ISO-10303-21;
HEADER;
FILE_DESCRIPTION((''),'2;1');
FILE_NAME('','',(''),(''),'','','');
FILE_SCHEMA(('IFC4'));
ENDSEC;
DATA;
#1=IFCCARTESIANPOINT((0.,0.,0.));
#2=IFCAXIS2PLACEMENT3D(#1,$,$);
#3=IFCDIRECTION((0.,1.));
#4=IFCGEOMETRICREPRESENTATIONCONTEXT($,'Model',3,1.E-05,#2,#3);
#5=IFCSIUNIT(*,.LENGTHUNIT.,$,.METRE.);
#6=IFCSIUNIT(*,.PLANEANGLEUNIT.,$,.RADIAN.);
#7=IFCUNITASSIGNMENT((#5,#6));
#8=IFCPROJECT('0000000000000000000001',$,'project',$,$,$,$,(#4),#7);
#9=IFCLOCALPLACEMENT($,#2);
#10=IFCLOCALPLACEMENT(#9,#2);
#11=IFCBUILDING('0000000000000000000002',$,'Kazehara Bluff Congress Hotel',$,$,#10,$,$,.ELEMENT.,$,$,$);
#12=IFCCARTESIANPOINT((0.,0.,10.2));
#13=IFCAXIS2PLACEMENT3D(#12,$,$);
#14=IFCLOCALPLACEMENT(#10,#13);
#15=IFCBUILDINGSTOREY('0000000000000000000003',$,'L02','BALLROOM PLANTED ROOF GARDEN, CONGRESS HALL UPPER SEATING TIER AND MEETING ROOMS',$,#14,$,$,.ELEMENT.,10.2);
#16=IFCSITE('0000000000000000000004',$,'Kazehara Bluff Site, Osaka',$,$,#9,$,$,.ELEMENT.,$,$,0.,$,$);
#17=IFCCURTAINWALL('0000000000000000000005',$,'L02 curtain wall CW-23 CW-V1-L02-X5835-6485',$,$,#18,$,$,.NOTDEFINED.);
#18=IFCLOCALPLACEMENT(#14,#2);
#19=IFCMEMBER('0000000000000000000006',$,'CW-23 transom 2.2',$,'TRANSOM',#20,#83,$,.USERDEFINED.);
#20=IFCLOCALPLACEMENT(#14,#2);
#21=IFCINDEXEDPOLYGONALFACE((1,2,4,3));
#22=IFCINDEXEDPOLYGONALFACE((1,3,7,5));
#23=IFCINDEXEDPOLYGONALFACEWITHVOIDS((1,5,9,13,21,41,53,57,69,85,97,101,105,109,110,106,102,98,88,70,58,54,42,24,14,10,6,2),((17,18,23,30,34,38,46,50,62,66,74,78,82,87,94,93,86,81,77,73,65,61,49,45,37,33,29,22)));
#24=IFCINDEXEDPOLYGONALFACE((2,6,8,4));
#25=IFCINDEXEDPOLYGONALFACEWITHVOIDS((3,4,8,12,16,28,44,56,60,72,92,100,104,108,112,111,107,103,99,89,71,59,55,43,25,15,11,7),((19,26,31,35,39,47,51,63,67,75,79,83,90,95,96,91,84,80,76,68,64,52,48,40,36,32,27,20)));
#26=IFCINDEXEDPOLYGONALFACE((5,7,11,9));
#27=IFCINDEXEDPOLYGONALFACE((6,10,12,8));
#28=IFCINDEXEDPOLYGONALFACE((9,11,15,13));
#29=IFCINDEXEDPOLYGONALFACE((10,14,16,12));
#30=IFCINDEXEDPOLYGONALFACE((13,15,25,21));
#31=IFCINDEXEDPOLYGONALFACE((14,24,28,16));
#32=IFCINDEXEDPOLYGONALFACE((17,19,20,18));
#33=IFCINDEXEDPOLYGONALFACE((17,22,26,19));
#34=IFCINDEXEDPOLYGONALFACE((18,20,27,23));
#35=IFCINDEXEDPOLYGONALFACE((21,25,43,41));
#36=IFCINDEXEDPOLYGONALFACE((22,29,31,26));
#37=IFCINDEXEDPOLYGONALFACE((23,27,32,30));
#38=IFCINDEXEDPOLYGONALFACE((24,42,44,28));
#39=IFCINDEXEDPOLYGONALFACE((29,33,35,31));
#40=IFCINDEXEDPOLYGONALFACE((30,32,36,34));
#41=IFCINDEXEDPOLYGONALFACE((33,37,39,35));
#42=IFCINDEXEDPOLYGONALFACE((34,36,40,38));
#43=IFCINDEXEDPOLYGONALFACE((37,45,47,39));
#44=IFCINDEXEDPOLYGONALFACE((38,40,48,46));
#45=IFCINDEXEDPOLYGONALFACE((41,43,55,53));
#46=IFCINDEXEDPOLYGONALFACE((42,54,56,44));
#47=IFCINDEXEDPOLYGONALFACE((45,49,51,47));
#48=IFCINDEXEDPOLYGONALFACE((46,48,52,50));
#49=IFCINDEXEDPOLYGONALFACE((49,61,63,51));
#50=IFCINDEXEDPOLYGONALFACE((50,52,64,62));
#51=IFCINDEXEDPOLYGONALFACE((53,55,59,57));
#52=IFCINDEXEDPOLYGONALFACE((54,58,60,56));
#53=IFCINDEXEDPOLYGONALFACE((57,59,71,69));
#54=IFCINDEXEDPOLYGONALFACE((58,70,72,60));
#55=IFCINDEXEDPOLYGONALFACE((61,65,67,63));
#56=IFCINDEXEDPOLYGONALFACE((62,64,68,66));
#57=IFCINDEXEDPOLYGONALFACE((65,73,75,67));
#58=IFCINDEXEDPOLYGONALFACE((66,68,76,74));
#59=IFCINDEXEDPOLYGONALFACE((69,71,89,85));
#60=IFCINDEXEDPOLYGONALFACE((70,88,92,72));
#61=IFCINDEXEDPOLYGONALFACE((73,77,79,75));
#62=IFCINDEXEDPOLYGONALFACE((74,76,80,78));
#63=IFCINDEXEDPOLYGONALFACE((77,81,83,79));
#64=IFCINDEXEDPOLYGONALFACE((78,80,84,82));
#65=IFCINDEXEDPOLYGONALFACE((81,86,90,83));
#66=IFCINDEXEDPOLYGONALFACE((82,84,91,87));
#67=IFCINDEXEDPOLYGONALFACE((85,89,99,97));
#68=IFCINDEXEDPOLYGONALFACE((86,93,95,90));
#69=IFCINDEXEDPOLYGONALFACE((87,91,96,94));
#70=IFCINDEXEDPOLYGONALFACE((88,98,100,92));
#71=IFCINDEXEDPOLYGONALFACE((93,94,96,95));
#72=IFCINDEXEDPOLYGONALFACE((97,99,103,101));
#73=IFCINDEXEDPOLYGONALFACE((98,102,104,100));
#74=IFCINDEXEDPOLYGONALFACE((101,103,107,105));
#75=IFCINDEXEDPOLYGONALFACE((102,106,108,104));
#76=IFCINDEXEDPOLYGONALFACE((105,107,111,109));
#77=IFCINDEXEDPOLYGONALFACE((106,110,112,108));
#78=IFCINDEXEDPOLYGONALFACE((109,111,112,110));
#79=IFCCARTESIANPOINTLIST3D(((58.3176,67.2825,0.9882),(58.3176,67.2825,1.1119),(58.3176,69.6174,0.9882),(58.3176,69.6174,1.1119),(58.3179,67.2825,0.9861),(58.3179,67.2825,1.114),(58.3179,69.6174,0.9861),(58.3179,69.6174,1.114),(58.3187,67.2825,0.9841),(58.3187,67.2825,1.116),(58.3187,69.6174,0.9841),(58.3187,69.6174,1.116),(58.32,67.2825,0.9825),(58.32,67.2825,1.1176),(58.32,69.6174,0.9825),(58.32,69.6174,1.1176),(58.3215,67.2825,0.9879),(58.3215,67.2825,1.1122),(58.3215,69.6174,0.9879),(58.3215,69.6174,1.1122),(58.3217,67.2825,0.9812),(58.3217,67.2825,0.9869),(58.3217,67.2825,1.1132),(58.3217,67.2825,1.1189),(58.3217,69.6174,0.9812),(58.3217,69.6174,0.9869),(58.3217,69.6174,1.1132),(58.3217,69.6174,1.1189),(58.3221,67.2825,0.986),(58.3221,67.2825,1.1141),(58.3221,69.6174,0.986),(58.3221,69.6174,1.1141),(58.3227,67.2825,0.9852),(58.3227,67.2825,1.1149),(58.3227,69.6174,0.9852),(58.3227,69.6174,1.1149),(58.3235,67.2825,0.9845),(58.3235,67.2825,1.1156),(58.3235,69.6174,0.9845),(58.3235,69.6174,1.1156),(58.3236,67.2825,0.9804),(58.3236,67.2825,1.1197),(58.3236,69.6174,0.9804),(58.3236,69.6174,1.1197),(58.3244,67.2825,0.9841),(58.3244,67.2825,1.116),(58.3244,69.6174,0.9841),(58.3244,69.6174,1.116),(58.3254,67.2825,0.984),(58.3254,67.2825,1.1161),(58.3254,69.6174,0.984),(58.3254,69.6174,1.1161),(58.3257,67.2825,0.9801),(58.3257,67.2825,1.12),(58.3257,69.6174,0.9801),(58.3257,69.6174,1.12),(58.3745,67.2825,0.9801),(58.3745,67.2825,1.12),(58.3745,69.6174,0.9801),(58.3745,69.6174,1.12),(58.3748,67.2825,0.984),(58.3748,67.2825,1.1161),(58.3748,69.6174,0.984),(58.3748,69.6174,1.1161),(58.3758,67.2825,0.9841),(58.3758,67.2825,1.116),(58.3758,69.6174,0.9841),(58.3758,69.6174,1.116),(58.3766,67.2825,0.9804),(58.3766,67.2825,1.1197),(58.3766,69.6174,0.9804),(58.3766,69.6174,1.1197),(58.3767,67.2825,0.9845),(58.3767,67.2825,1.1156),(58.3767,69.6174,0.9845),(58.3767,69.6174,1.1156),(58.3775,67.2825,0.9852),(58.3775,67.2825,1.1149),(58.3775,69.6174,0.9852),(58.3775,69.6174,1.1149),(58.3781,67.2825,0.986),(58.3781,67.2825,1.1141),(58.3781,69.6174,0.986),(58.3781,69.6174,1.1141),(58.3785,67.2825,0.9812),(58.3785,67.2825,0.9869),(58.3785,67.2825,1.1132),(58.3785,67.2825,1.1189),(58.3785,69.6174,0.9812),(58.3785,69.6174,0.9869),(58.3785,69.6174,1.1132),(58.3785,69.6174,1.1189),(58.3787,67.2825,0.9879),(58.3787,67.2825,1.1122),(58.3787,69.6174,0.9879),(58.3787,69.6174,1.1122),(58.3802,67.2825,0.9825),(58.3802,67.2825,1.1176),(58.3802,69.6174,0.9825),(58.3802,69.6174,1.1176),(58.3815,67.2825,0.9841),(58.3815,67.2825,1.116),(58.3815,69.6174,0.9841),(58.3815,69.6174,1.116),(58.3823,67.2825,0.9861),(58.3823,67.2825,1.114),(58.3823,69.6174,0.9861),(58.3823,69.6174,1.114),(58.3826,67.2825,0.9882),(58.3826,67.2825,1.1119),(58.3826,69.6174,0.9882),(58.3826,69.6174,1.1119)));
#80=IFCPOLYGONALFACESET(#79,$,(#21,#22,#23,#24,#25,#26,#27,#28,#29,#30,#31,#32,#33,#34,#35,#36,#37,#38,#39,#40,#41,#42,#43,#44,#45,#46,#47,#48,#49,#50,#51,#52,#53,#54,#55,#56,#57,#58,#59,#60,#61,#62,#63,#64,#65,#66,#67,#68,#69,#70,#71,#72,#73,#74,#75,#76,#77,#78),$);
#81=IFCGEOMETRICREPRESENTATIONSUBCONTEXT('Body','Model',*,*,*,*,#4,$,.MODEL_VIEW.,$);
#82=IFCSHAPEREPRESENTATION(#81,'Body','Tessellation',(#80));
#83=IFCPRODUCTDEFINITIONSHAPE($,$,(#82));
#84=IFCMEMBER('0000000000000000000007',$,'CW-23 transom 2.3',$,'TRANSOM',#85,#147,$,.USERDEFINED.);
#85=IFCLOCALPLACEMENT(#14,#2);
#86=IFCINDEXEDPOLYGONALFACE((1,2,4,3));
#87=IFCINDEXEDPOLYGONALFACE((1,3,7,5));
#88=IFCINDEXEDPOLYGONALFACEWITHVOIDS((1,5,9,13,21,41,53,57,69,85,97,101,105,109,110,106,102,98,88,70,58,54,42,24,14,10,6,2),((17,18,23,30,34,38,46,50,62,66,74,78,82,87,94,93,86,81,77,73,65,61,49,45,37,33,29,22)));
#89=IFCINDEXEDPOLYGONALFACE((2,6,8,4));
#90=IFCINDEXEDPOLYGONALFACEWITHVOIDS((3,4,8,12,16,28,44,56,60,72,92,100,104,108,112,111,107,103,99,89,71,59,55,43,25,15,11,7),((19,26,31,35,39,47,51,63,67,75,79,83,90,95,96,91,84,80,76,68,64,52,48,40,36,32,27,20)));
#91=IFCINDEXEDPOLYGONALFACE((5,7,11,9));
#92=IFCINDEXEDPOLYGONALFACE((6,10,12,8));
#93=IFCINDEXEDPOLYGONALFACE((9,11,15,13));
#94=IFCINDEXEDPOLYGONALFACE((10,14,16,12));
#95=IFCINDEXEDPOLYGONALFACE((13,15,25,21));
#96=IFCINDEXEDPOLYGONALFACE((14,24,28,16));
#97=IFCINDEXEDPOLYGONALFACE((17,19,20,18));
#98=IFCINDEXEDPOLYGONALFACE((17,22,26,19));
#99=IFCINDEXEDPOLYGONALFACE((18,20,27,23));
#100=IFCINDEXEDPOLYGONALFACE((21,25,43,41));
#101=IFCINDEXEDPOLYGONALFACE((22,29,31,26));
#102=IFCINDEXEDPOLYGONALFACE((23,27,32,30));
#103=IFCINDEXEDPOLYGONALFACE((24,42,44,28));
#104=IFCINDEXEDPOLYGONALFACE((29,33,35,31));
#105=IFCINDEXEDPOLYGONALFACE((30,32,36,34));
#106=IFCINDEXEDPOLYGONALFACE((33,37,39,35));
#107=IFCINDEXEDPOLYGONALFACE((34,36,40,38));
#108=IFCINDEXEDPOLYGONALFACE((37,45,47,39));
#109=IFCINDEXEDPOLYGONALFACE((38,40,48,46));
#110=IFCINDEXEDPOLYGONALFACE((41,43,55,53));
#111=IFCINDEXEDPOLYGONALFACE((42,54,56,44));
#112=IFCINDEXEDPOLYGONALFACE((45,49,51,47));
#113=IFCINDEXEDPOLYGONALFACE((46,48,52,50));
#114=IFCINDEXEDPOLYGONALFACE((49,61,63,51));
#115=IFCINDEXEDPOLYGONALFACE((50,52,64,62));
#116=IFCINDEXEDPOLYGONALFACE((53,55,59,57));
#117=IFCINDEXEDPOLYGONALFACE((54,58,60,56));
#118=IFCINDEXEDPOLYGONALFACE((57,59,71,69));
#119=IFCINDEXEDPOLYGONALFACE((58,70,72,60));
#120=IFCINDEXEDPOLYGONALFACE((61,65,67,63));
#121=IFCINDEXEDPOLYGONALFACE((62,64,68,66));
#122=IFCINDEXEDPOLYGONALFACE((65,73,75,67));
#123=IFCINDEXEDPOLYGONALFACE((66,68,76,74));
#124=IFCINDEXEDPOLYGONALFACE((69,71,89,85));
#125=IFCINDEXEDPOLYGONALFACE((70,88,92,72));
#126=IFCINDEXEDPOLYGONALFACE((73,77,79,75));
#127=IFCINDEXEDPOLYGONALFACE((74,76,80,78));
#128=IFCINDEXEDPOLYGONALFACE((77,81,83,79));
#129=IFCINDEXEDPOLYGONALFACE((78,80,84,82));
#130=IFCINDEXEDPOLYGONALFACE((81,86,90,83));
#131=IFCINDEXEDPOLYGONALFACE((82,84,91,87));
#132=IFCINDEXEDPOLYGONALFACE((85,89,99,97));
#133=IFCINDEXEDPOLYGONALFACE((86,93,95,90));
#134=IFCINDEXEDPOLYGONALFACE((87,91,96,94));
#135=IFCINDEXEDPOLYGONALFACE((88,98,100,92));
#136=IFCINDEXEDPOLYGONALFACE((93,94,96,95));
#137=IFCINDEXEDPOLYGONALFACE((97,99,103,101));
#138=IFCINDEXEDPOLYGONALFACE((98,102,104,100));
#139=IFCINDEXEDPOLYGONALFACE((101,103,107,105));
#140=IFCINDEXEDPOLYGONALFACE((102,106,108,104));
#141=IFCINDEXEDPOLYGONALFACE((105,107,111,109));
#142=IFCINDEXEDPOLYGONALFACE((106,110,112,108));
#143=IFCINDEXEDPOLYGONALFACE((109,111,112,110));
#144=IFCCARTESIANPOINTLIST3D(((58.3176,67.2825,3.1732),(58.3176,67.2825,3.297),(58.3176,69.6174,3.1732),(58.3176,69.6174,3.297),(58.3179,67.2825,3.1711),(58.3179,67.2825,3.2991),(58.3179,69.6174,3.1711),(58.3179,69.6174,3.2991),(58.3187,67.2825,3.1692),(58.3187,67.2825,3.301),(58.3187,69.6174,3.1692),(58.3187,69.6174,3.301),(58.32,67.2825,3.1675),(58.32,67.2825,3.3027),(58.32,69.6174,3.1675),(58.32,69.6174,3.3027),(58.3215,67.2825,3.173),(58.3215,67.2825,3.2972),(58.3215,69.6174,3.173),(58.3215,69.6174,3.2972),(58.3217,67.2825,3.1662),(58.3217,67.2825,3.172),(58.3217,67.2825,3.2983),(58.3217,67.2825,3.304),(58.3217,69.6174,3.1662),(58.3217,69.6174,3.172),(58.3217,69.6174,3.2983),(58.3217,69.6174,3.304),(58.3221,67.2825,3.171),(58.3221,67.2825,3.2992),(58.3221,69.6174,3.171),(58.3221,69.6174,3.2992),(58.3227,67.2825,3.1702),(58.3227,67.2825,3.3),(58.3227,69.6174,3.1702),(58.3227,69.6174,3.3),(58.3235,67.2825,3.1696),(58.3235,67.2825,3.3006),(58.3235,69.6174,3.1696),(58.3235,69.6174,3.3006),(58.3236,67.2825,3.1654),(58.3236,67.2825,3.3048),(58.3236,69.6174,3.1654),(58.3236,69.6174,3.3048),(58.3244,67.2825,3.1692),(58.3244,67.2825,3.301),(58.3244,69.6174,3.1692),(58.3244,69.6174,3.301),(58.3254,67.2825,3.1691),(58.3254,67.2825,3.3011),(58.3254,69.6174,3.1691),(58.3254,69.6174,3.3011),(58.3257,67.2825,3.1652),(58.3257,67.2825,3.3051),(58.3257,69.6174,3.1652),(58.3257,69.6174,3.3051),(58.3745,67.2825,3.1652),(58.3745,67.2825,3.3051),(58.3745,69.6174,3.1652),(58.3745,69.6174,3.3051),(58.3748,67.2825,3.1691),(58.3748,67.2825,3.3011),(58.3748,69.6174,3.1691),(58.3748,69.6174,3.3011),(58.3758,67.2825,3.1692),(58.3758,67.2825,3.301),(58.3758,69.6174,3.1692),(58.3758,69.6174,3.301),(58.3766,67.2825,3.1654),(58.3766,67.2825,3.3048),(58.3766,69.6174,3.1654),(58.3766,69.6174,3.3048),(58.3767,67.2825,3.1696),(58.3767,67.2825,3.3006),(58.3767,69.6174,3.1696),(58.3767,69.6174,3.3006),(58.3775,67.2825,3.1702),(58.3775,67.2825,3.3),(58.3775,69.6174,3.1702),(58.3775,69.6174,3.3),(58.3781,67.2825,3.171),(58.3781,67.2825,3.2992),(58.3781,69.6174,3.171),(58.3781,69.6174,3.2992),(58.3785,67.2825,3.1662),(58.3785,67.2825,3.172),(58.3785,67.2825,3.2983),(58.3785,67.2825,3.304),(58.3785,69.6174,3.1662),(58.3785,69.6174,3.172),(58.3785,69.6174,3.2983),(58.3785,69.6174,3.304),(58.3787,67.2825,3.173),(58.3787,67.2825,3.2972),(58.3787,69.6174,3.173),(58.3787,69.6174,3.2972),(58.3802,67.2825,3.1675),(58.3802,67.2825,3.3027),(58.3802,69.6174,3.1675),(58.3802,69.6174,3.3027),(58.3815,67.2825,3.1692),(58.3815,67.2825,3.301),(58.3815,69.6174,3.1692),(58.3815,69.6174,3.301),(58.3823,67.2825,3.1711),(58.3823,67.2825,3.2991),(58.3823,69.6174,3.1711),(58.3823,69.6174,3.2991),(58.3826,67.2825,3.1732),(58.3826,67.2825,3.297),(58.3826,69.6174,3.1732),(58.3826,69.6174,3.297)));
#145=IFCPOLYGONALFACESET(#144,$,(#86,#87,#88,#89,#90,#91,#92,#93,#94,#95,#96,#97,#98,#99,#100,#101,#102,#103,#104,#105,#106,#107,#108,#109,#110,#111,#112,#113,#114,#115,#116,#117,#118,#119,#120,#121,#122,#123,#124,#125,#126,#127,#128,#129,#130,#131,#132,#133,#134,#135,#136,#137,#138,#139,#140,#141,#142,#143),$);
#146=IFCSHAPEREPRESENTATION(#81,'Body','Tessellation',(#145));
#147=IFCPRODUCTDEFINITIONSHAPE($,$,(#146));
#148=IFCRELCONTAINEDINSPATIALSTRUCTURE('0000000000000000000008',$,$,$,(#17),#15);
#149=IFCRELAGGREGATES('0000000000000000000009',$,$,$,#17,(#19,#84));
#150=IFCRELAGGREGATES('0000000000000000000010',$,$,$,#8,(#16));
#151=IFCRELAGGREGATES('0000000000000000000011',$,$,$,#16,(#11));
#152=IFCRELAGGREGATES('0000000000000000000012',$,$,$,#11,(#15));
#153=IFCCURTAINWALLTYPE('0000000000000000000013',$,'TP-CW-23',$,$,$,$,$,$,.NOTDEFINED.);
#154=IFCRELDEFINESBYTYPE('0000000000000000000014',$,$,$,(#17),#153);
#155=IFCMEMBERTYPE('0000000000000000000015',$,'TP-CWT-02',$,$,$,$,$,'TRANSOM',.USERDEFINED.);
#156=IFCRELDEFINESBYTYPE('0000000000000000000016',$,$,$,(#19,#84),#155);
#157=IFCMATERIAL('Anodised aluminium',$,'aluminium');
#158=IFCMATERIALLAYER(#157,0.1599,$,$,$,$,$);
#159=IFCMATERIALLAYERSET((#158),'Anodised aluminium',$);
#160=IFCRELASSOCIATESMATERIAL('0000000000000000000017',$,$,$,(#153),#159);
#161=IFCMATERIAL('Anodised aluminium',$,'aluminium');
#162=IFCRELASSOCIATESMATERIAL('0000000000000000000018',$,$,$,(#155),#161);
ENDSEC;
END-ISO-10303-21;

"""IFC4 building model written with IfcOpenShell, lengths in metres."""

from ifc_helpers import new_model, si_unit, direction, frame, origin, origin_2d, place, context, subcontext, project, spatial, hollow_rectangle, extrude, material, layer, layer_set, material_profile, profile_set, type_object, element, aggregate, save


model = new_model("IFC4")

# Units and contexts
model_context = context("Model", 3, precision=1e-05, world=origin(), true_north=direction((0.0, 1.0)))
body_context = subcontext(model_context, "Body", "Model", "MODEL_VIEW")
ifc_project = project(units=[si_unit("LENGTHUNIT", "METRE"), si_unit("PLANEANGLEUNIT", "RADIAN")], contexts=[model_context])

# Site, building, storey
site_placement = place(None, origin())
site = spatial("IfcSite", under=ifc_project, at=site_placement, Name="Kazehara Bluff Site, Osaka", CompositionType="ELEMENT", RefElevation=0.0)
building_placement = place(site_placement, origin())
building = spatial("IfcBuilding", under=site, at=building_placement, Name="Kazehara Bluff Congress Hotel", CompositionType="ELEMENT")
storey_placement = place(building_placement, frame((0.0, 0.0, 10.2)))
storey = spatial("IfcBuildingStorey", under=building, at=storey_placement, Name="L02", Description="BALLROOM PLANTED ROOF GARDEN, CONGRESS HALL UPPER SEATING TIER AND MEETING ROOMS", CompositionType="ELEMENT", Elevation=10.2)

# Curtain wall
ifc_material_1 = material(Name="Anodised aluminium", Category="aluminium")
ifc_layer_1 = layer(ifc_material_1, 0.1599)
ifc_layer_set_1 = layer_set([ifc_layer_1], Name="Anodised aluminium")
curtain_wall_type = type_object("IfcCurtainWallType", Name="TP-CW-23", PredefinedType="NOTDEFINED", material=ifc_layer_set_1)
curtain_wall_1_placement = place(storey_placement, origin())
curtain_wall_1 = element("IfcCurtainWall", 1, at=curtain_wall_1_placement, inside=storey, type_object=curtain_wall_type, Name="L02 curtain wall CW-23 CW-V1-L02-X5835-6485", PredefinedType="NOTDEFINED")

# Members
ifc_material_2 = material(Name="Anodised aluminium", Category="aluminium")
ifc_material_profile_1 = material_profile(ifc_material_2, hollow_rectangle(XDim=0.0649, YDim=0.1399, WallThickness=0.0039, InnerFilletRadius=0.0039, OuterFilletRadius=0.0081, at=origin_2d()))
ifc_profile_set_1 = profile_set([ifc_material_profile_1], Name="Anodised aluminium")
member_type_1 = type_object("IfcMemberType", Name="TP-CWT-02", ElementType="TRANSOM", PredefinedType="USERDEFINED", material=ifc_profile_set_1)
member_1_placement = place(storey_placement, frame((58.3501, 67.2825, 1.05), z_axis=(0.0, 1.0, 0.0), x_axis=(-1.0, 0.0, 0.0)))
member_1 = element("IfcMember", 2, at=member_1_placement, type_object=member_type_1, Name="CW-23 transom 2.2", ObjectType="TRANSOM", PredefinedType="USERDEFINED", context=body_context, shape_type="SweptSolid", body=[
    extrude(hollow_rectangle(XDim=0.0649, YDim=0.1399, WallThickness=0.0039, InnerFilletRadius=0.0039, OuterFilletRadius=0.0081, at=origin_2d()), origin(), (0.0, 0.0, 1.0), 2.335),
])
member_2_placement = place(storey_placement, frame((58.3501, 67.2825, 3.2351), z_axis=(0.0, 1.0, 0.0), x_axis=(-1.0, 0.0, 0.0)))
member_2 = element("IfcMember", 3, at=member_2_placement, type_object=member_type_1, Name="CW-23 transom 2.3", ObjectType="TRANSOM", PredefinedType="USERDEFINED", context=body_context, shape_type="SweptSolid", body=[
    extrude(hollow_rectangle(XDim=0.0649, YDim=0.1399, WallThickness=0.0039, InnerFilletRadius=0.0039, OuterFilletRadius=0.0081, at=origin_2d()), origin(), (0.0, 0.0, 1.0), 2.335),
])

aggregate(curtain_wall_1, [member_1, member_2])

save(model, "model.ifc")
